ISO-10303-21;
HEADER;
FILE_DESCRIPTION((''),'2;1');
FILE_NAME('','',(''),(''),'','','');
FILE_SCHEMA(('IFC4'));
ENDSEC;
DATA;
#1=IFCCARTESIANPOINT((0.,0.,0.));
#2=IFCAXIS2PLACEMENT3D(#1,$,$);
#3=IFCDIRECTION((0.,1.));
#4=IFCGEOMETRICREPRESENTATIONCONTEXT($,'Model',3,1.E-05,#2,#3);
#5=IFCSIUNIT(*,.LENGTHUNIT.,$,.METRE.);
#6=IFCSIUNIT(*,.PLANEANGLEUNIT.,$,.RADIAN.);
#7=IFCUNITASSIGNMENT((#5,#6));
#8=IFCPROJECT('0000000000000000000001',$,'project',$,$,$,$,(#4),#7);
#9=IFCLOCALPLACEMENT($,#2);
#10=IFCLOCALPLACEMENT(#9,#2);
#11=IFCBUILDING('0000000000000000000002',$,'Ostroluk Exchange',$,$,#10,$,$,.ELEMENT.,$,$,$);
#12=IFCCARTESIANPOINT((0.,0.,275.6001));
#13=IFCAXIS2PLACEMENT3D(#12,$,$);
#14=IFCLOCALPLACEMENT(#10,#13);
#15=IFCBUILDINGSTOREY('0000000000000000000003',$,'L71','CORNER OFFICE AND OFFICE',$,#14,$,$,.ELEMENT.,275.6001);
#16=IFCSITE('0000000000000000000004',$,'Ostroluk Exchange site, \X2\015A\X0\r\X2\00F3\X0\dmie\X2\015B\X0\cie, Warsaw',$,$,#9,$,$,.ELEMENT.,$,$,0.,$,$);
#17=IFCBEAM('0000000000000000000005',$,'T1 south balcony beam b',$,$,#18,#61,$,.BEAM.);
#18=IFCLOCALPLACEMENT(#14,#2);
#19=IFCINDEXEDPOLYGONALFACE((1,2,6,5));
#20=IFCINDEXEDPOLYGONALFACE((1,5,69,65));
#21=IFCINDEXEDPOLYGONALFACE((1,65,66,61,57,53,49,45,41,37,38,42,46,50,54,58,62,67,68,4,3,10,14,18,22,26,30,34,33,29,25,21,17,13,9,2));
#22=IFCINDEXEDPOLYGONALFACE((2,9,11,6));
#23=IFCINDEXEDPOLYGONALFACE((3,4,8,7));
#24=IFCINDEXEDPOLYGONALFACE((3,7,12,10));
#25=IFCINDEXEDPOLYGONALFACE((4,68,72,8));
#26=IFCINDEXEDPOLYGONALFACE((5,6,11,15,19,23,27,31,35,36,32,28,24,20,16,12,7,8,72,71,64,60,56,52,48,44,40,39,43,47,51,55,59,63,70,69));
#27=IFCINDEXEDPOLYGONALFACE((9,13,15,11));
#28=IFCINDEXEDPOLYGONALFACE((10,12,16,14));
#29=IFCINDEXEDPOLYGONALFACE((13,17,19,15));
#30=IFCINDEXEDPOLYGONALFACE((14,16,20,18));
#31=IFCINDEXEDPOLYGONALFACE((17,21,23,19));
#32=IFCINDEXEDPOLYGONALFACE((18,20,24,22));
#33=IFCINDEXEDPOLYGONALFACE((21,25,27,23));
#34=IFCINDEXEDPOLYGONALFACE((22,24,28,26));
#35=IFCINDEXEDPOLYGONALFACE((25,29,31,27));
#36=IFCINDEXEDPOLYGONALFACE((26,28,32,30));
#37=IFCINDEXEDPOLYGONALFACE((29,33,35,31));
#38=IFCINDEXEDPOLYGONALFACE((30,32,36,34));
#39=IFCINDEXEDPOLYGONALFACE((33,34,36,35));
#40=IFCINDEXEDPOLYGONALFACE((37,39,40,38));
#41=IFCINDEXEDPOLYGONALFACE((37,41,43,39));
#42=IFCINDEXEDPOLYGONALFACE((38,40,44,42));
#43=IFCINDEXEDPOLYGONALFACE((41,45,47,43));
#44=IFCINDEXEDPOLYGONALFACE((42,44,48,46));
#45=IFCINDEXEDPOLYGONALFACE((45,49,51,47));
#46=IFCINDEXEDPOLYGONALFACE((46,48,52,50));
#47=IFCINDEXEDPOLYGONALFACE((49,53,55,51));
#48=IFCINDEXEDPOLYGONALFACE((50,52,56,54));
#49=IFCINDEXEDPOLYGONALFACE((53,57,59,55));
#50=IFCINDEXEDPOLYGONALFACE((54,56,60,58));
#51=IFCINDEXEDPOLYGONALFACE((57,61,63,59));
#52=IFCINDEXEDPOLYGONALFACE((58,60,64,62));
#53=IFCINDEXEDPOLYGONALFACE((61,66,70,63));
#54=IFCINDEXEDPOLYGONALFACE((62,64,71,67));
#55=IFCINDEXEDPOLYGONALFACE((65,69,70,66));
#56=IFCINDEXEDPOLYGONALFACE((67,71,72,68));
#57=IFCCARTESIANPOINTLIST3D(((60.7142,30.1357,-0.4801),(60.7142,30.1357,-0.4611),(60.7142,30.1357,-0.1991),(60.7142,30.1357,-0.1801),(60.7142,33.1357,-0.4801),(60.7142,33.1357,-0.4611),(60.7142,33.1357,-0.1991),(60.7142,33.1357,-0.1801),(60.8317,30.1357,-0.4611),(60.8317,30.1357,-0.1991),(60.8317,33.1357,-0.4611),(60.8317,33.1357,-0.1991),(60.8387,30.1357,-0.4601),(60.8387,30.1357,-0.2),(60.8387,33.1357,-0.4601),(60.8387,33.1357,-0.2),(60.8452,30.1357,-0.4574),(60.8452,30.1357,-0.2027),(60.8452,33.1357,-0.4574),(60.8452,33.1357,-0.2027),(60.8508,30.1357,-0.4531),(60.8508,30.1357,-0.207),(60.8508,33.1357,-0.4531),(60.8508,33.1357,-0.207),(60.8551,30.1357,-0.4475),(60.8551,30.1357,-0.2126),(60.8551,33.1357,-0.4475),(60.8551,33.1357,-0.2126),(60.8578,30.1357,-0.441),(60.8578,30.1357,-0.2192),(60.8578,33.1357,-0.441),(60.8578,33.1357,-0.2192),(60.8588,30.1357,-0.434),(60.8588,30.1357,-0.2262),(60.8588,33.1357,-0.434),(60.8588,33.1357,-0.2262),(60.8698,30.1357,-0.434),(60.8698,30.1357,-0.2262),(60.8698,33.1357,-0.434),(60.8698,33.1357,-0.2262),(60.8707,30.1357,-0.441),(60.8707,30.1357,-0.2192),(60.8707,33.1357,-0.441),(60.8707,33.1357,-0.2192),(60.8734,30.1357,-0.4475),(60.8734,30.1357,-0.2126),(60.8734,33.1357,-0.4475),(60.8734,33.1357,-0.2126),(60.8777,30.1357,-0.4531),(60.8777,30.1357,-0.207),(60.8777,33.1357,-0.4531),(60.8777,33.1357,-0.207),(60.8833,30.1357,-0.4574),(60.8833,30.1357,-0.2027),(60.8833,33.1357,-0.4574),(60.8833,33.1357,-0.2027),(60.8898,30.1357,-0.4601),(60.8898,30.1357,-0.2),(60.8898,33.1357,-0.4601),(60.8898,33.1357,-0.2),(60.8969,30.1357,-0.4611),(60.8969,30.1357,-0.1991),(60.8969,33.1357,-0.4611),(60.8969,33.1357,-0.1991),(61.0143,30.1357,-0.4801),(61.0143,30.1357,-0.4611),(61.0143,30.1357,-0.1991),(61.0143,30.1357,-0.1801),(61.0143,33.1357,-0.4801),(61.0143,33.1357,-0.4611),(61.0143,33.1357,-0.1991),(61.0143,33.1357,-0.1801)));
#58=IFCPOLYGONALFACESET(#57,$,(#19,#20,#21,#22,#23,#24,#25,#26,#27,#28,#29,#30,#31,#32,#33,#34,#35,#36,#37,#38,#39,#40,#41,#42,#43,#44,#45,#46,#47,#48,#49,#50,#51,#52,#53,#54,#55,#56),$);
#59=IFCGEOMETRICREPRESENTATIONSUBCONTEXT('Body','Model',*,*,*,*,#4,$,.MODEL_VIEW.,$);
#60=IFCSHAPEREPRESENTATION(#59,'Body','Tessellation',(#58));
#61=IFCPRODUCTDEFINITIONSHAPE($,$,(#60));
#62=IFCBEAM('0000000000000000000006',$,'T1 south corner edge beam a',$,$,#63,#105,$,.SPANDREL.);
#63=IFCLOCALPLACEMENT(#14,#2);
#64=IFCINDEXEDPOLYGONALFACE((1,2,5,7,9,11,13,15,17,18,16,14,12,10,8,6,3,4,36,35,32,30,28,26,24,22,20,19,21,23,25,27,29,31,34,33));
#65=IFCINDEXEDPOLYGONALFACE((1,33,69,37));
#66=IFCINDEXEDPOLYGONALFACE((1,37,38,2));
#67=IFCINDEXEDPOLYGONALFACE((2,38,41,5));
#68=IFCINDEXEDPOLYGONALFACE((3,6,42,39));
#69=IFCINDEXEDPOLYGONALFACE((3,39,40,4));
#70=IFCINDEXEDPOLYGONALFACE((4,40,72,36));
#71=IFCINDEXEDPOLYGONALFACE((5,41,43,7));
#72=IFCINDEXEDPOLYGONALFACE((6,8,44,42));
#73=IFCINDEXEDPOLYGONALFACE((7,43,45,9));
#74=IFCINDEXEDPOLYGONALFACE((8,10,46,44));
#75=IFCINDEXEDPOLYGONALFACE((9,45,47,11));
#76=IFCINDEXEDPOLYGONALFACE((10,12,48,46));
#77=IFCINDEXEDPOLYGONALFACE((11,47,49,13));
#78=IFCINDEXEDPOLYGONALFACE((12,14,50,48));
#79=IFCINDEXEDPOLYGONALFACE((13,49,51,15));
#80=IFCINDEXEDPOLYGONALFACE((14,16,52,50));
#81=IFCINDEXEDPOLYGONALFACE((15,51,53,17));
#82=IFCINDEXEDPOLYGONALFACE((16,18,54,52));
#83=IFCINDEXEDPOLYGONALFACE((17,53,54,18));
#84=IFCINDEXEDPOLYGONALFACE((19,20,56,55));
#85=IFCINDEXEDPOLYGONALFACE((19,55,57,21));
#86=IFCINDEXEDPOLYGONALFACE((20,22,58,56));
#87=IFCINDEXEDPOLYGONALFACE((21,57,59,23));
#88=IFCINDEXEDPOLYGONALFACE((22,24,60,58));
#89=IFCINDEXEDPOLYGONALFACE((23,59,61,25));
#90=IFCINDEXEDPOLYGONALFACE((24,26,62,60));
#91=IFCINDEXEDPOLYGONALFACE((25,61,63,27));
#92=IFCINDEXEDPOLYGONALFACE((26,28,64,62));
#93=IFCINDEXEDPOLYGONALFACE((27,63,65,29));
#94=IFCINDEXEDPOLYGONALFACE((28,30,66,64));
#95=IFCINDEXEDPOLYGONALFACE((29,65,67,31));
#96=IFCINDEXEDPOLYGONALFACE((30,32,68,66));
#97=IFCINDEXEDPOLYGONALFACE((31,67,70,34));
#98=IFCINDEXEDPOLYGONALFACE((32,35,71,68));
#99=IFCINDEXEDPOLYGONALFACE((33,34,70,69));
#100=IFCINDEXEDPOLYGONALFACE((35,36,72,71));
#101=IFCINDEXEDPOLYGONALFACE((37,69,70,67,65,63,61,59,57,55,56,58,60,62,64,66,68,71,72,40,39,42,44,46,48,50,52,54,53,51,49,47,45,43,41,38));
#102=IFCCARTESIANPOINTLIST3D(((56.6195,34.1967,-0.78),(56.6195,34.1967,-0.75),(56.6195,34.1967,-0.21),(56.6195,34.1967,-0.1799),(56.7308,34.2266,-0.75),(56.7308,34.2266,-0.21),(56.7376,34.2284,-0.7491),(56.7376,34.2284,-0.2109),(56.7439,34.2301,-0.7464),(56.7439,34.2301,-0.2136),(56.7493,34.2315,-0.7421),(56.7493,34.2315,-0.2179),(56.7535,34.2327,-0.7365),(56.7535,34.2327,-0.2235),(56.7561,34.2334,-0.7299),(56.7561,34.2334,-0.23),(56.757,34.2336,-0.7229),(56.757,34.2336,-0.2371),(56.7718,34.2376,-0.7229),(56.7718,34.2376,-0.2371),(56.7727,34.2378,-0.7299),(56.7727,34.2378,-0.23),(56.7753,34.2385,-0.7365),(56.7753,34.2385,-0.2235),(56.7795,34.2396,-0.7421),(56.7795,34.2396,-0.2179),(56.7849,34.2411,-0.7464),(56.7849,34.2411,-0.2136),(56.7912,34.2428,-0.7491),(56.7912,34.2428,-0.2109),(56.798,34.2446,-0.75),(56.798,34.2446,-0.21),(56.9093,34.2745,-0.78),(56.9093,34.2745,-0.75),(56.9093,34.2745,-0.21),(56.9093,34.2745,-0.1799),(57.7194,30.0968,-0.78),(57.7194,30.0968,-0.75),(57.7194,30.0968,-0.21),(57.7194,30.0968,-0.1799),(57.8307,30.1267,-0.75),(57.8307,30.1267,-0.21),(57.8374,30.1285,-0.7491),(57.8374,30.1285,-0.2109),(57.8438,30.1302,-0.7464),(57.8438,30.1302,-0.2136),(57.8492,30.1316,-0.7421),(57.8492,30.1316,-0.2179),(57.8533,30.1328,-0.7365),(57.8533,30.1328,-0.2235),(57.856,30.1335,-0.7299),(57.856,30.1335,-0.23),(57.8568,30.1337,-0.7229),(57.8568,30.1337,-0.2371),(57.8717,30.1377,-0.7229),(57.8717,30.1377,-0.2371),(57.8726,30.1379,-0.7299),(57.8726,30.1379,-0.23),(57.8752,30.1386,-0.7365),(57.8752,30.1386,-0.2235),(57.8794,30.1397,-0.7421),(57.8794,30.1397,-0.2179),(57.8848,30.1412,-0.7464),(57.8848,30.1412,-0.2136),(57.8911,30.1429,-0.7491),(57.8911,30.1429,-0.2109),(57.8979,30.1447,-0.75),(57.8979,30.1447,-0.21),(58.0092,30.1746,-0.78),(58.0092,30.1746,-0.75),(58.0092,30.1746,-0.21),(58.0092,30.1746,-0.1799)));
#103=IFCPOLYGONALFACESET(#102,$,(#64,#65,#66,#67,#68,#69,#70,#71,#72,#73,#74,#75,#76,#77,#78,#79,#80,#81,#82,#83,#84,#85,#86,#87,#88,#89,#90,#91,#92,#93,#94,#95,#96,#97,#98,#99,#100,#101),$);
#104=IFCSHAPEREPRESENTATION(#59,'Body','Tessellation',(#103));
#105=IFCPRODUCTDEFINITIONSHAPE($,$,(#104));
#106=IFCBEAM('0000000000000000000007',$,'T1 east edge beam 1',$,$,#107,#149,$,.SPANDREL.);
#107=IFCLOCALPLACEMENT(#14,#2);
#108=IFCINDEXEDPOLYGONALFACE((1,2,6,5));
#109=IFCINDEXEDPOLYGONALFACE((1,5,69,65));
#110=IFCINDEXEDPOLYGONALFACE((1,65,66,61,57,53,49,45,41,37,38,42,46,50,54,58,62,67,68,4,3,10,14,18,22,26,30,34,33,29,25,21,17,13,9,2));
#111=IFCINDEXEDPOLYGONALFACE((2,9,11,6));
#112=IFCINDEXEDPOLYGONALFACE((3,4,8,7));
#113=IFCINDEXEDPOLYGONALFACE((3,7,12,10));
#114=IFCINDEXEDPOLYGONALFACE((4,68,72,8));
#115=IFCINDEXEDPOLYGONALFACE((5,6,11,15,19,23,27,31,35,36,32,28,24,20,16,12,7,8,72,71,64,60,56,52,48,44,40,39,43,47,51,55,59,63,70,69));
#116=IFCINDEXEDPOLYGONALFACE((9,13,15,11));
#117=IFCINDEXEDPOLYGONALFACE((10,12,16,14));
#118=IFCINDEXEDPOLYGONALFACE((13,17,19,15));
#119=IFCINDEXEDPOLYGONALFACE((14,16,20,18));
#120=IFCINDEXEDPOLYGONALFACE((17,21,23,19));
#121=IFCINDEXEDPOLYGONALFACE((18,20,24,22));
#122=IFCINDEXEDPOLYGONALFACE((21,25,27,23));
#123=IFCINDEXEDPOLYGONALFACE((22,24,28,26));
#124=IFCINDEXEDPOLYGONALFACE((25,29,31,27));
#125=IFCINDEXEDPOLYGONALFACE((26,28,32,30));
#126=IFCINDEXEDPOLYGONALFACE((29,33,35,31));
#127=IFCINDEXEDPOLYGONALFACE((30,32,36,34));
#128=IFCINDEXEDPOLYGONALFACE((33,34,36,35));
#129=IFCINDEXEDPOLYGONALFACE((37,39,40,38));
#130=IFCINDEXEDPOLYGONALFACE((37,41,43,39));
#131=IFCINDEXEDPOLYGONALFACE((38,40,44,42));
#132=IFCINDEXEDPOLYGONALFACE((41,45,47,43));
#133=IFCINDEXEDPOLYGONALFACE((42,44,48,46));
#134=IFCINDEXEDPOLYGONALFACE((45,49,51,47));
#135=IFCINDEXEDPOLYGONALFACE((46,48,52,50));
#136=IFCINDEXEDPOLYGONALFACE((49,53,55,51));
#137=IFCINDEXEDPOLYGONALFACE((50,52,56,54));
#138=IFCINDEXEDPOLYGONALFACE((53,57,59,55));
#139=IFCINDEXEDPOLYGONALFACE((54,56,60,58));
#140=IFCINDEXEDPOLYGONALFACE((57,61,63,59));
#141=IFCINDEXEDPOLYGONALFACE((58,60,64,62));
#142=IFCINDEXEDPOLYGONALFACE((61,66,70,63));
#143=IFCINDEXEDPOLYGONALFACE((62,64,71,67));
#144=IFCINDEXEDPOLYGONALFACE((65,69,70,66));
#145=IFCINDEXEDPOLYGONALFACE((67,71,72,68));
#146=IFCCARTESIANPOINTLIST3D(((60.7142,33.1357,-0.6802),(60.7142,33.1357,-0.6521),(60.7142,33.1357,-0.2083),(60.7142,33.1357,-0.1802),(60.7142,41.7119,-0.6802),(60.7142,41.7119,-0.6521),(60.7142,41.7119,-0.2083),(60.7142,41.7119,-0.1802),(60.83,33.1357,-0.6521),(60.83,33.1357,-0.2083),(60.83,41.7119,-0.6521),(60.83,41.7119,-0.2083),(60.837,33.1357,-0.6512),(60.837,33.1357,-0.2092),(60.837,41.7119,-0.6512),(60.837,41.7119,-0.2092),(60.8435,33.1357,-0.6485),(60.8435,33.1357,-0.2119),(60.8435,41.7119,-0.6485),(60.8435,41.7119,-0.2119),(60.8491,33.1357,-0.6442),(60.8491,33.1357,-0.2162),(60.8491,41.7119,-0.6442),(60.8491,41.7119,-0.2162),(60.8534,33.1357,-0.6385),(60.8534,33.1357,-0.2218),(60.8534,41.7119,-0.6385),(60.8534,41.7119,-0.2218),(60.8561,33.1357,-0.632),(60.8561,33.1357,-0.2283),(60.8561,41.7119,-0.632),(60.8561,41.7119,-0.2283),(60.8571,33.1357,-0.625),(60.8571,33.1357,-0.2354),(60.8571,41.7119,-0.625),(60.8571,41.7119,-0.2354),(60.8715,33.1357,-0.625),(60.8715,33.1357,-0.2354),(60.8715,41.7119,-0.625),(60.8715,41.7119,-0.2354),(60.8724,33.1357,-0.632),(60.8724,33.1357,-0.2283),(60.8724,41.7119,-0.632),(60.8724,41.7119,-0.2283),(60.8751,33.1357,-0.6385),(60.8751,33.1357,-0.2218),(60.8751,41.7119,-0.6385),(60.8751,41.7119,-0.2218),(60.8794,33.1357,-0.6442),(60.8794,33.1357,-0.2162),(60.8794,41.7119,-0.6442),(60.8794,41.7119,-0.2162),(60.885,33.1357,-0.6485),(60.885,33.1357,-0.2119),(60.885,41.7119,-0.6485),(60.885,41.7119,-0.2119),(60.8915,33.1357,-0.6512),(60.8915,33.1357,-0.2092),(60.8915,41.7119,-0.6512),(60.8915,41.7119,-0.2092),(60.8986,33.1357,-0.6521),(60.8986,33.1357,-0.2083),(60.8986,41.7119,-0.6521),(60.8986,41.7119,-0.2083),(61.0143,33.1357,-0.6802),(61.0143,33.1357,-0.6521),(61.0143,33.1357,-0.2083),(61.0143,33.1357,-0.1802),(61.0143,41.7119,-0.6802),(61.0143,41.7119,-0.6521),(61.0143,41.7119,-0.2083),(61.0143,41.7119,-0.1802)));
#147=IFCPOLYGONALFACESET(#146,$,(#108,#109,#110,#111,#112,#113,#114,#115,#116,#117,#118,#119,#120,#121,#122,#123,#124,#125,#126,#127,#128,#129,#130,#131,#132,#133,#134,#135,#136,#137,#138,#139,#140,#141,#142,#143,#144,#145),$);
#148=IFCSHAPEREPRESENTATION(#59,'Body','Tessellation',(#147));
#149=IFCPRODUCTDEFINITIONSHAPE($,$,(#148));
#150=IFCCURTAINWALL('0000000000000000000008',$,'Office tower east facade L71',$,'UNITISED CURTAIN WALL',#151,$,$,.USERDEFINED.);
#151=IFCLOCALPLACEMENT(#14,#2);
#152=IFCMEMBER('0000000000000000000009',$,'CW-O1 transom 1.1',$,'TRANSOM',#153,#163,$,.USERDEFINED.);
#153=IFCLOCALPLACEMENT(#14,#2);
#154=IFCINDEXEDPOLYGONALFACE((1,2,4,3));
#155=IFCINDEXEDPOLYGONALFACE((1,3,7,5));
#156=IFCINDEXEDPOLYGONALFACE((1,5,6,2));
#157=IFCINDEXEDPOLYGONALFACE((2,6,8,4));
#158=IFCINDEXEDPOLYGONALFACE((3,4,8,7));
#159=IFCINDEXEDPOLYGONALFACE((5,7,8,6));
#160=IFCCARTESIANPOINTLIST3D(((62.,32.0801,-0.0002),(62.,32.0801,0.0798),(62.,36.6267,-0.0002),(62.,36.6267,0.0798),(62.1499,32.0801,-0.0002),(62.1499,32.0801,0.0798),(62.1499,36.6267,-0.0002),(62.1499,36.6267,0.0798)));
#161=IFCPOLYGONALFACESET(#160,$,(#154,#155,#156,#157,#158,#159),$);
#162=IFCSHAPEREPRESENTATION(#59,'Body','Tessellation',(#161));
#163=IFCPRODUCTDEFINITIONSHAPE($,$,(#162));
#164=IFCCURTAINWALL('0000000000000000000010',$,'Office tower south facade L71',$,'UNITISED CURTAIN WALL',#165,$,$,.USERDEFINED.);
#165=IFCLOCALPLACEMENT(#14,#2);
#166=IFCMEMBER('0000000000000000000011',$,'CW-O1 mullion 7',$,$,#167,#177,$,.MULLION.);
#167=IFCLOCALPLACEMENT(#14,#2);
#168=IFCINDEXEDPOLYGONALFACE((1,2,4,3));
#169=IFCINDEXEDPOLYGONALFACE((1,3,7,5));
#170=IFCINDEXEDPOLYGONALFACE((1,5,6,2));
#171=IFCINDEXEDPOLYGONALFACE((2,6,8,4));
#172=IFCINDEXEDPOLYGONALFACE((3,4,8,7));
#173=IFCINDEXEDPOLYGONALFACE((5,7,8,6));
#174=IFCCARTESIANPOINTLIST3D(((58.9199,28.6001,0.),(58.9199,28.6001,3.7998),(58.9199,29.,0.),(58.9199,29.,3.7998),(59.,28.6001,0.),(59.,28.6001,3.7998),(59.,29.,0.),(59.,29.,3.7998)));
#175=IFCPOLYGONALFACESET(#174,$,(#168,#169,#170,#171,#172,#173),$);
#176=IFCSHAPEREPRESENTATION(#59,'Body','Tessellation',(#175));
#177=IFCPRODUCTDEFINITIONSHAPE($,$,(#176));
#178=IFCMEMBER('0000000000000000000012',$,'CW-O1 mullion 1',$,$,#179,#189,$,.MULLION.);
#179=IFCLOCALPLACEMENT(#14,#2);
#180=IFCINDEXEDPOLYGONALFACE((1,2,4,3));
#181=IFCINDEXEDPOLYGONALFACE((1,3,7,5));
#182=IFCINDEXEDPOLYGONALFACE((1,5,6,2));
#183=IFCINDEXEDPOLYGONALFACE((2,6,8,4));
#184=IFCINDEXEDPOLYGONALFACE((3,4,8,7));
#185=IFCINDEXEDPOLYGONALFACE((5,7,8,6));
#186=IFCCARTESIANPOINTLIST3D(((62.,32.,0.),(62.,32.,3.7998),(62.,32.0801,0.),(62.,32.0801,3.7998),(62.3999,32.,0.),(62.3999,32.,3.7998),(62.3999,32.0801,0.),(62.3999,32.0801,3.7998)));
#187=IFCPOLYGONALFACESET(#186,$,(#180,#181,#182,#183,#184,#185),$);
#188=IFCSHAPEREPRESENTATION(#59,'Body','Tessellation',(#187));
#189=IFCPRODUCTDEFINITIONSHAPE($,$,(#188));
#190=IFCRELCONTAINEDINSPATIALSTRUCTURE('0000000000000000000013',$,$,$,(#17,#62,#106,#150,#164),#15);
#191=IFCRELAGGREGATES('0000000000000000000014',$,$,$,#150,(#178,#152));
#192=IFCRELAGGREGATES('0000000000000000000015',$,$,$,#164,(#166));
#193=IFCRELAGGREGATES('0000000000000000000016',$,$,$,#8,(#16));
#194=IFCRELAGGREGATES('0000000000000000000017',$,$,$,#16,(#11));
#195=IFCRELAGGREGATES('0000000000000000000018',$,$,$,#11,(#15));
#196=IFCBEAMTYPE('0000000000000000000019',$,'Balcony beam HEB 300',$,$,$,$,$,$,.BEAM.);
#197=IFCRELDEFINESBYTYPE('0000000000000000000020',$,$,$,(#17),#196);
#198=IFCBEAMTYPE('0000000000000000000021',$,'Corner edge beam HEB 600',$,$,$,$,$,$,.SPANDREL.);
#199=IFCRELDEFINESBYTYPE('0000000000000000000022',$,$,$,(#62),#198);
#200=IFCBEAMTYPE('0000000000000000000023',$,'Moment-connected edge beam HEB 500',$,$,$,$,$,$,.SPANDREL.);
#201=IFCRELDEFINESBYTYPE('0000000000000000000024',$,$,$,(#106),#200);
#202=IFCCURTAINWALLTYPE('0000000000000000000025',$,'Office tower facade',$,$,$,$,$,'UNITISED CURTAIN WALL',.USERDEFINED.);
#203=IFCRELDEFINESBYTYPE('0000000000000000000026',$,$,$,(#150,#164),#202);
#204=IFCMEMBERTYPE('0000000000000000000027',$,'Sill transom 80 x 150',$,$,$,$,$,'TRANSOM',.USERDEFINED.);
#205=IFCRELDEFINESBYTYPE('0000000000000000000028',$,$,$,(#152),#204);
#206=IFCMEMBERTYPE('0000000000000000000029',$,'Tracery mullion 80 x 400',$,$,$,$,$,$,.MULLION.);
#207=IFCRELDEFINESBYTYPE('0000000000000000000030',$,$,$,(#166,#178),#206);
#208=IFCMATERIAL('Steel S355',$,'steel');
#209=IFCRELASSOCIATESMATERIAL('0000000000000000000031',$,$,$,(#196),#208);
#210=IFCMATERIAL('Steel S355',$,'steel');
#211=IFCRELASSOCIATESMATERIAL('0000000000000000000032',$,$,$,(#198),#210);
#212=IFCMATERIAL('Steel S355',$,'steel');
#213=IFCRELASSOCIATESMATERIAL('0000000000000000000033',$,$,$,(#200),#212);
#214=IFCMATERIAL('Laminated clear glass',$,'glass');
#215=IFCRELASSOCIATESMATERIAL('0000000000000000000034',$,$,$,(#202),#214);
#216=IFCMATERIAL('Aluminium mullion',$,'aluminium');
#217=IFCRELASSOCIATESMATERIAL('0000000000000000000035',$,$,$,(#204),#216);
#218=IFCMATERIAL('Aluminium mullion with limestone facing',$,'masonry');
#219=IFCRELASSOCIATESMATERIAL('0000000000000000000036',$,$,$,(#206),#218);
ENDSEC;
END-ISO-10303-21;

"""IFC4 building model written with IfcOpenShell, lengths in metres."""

from ifc_helpers import new_model, si_unit, direction, frame, origin, origin_2d, place, context, subcontext, project, spatial, rectangle, i_section, extrude, material, material_profile, profile_set, type_object, element, aggregate, save


model = new_model("IFC4")

# Units and contexts
model_context = context("Model", 3, precision=1e-05, world=origin(), true_north=direction((0.0, 1.0)))
body_context = subcontext(model_context, "Body", "Model", "MODEL_VIEW")
ifc_project = project(units=[si_unit("LENGTHUNIT", "METRE"), si_unit("PLANEANGLEUNIT", "RADIAN")], contexts=[model_context])

# Site, building, storey
site_placement = place(None, origin())
site = spatial("IfcSite", under=ifc_project, at=site_placement, Name="Ostroluk Exchange site, Śródmieście, Warsaw", CompositionType="ELEMENT", RefElevation=0.0)
building_placement = place(site_placement, origin())
building = spatial("IfcBuilding", under=site, at=building_placement, Name="Ostroluk Exchange", CompositionType="ELEMENT")
storey_placement = place(building_placement, frame((0.0, 0.0, 275.6001)))
storey = spatial("IfcBuildingStorey", under=building, at=storey_placement, Name="L71", Description="CORNER OFFICE AND OFFICE", CompositionType="ELEMENT", Elevation=275.6001)

# Beams
ifc_material_1 = material(Name="Steel S355", Category="steel")
ifc_material_profile_1 = material_profile(ifc_material_1, i_section(OverallWidth=0.3, OverallDepth=0.3, WebThickness=0.011, FlangeThickness=0.019, FilletRadius=0.0271, at=origin_2d()), Name="HEB 300")
ifc_profile_set_1 = profile_set([ifc_material_profile_1], Name="Steel S355")
beam_type_1 = type_object("IfcBeamType", Name="Balcony beam HEB 300", PredefinedType="BEAM", material=ifc_profile_set_1)
for number, where, z_axis, x_axis, name in (
    (1, (60.8643, 33.1357, -0.3301), (0.0, -1.0, 0.0), (1.0, 0.0, 0.0), "T1 south balcony beam b"),
):
    element("IfcBeam", number, at=place(storey_placement, frame(where, z_axis=z_axis, x_axis=x_axis)), inside=storey, type_object=beam_type_1, Name=name, PredefinedType="BEAM", context=body_context, shape_type="SweptSolid", body=[
        extrude(i_section(OverallWidth=0.3, OverallDepth=0.3, WebThickness=0.011, FlangeThickness=0.019, FilletRadius=0.0271, at=origin_2d()), origin(), (0.0, 0.0, 1.0), 3.0),
    ])
ifc_material_2 = material(Name="Steel S355", Category="steel")
ifc_material_profile_2 = material_profile(ifc_material_2, i_section(OverallWidth=0.3, OverallDepth=0.6001, WebThickness=0.0154, FlangeThickness=0.03, FilletRadius=0.0271, at=origin_2d()), Name="HEB 600")
ifc_profile_set_2 = profile_set([ifc_material_profile_2], Name="Steel S355")
beam_type_2 = type_object("IfcBeamType", Name="Corner edge beam HEB 600", PredefinedType="SPANDREL", material=ifc_profile_set_2)
beam_1_placement = place(storey_placement, frame((56.7644, 34.2356, -0.48), z_axis=(0.259105, -0.965849, 0.0), x_axis=(0.965849, 0.259105, 0.0)))
element("IfcBeam", 2, at=beam_1_placement, inside=storey, type_object=beam_type_2, Name="T1 south corner edge beam a", PredefinedType="SPANDREL", context=body_context, shape_type="SweptSolid", body=[
    extrude(i_section(OverallWidth=0.3, OverallDepth=0.6001, WebThickness=0.0154, FlangeThickness=0.03, FilletRadius=0.0271, at=origin_2d()), origin(), (0.0, 0.0, 1.0), 4.2449),
])
ifc_material_3 = material(Name="Steel S355", Category="steel")
ifc_material_profile_3 = material_profile(ifc_material_3, i_section(OverallWidth=0.3, OverallDepth=0.5, WebThickness=0.0144, FlangeThickness=0.0281, FilletRadius=0.0271, at=origin_2d()), Name="HEB 500")
ifc_profile_set_3 = profile_set([ifc_material_profile_3], Name="Steel S355")
beam_type_3 = type_object("IfcBeamType", Name="Moment-connected edge beam HEB 500", PredefinedType="SPANDREL", material=ifc_profile_set_3)
beam_2_placement = place(storey_placement, frame((60.8643, 33.1357, -0.4302), z_axis=(0.0, 1.0, 0.0), x_axis=(-1.0, 0.0, 0.0)))
element("IfcBeam", 3, at=beam_2_placement, inside=storey, type_object=beam_type_3, Name="T1 east edge beam 1", PredefinedType="SPANDREL", context=body_context, shape_type="SweptSolid", body=[
    extrude(i_section(OverallWidth=0.3, OverallDepth=0.5, WebThickness=0.0144, FlangeThickness=0.0281, FilletRadius=0.0271, at=origin_2d()), origin(), (0.0, 0.0, 1.0), 8.5762),
])

# Curtain walls, members
ifc_material_4 = material(Name="Laminated clear glass", Category="glass")
curtain_wall_type = type_object("IfcCurtainWallType", Name="Office tower facade", ElementType="UNITISED CURTAIN WALL", PredefinedType="USERDEFINED", material=ifc_material_4)
curtain_wall_1_placement = place(storey_placement, origin())
curtain_wall_1 = element("IfcCurtainWall", 4, at=curtain_wall_1_placement, inside=storey, type_object=curtain_wall_type, Name="Office tower east facade L71", ObjectType="UNITISED CURTAIN WALL", PredefinedType="USERDEFINED")
ifc_material_5 = material(Name="Aluminium mullion", Category="aluminium")
ifc_material_profile_4 = material_profile(ifc_material_5, rectangle(XDim=0.1499, YDim=0.0801, at=origin_2d()), Name="Sill transom 80 x 150")
ifc_profile_set_4 = profile_set([ifc_material_profile_4], Name="Aluminium mullion")
member_type_1 = type_object("IfcMemberType", Name="Sill transom 80 x 150", ElementType="TRANSOM", PredefinedType="USERDEFINED", material=ifc_profile_set_4)
member_1_placement = place(storey_placement, frame((62.075, 32.0801, 0.0398), z_axis=(0.0, 1.0, 0.0), x_axis=(-1.0, 0.0, 0.0)))
member_1 = element("IfcMember", 5, at=member_1_placement, type_object=member_type_1, Name="CW-O1 transom 1.1", ObjectType="TRANSOM", PredefinedType="USERDEFINED", context=body_context, shape_type="SweptSolid", body=[
    extrude(rectangle(XDim=0.1499, YDim=0.0801, at=origin_2d()), origin(), (0.0, 0.0, 1.0), 4.5466),
])
curtain_wall_2_placement = place(storey_placement, origin())
curtain_wall_2 = element("IfcCurtainWall", 6, at=curtain_wall_2_placement, inside=storey, type_object=curtain_wall_type, Name="Office tower south facade L71", ObjectType="UNITISED CURTAIN WALL", PredefinedType="USERDEFINED")
ifc_material_6 = material(Name="Aluminium mullion with limestone facing", Category="masonry")
ifc_material_profile_5 = material_profile(ifc_material_6, rectangle(XDim=0.3999, YDim=0.0801, at=origin_2d()), Name="Tracery mullion 80 x 400")
ifc_profile_set_5 = profile_set([ifc_material_profile_5], Name="Aluminium mullion with limestone facing")
member_type_2 = type_object("IfcMemberType", Name="Tracery mullion 80 x 400", PredefinedType="MULLION", material=ifc_profile_set_5)
member_2_placement = place(storey_placement, frame((58.96, 28.8, 0.0), z_axis=(0.0, 0.0, 1.0), x_axis=(0.0, 1.0, 0.0)))
member_2 = element("IfcMember", 7, at=member_2_placement, type_object=member_type_2, Name="CW-O1 mullion 7", PredefinedType="MULLION", context=body_context, shape_type="SweptSolid", body=[
    extrude(rectangle(XDim=0.3999, YDim=0.0801, at=origin_2d()), origin(), (0.0, 0.0, 1.0), 3.7998),
])

# Member
member_3_placement = place(storey_placement, frame((62.2, 32.04, 0.0), z_axis=(0.0, 0.0, 1.0), x_axis=(-1.0, 0.0, 0.0)))
member_3 = element("IfcMember", 8, at=member_3_placement, type_object=member_type_2, Name="CW-O1 mullion 1", PredefinedType="MULLION", context=body_context, shape_type="SweptSolid", body=[
    extrude(rectangle(XDim=0.3999, YDim=0.0801, at=origin_2d()), origin(), (0.0, 0.0, 1.0), 3.7998),
])
aggregate(curtain_wall_1, [member_3, member_1])

aggregate(curtain_wall_2, [member_2])

save(model, "model.ifc")
